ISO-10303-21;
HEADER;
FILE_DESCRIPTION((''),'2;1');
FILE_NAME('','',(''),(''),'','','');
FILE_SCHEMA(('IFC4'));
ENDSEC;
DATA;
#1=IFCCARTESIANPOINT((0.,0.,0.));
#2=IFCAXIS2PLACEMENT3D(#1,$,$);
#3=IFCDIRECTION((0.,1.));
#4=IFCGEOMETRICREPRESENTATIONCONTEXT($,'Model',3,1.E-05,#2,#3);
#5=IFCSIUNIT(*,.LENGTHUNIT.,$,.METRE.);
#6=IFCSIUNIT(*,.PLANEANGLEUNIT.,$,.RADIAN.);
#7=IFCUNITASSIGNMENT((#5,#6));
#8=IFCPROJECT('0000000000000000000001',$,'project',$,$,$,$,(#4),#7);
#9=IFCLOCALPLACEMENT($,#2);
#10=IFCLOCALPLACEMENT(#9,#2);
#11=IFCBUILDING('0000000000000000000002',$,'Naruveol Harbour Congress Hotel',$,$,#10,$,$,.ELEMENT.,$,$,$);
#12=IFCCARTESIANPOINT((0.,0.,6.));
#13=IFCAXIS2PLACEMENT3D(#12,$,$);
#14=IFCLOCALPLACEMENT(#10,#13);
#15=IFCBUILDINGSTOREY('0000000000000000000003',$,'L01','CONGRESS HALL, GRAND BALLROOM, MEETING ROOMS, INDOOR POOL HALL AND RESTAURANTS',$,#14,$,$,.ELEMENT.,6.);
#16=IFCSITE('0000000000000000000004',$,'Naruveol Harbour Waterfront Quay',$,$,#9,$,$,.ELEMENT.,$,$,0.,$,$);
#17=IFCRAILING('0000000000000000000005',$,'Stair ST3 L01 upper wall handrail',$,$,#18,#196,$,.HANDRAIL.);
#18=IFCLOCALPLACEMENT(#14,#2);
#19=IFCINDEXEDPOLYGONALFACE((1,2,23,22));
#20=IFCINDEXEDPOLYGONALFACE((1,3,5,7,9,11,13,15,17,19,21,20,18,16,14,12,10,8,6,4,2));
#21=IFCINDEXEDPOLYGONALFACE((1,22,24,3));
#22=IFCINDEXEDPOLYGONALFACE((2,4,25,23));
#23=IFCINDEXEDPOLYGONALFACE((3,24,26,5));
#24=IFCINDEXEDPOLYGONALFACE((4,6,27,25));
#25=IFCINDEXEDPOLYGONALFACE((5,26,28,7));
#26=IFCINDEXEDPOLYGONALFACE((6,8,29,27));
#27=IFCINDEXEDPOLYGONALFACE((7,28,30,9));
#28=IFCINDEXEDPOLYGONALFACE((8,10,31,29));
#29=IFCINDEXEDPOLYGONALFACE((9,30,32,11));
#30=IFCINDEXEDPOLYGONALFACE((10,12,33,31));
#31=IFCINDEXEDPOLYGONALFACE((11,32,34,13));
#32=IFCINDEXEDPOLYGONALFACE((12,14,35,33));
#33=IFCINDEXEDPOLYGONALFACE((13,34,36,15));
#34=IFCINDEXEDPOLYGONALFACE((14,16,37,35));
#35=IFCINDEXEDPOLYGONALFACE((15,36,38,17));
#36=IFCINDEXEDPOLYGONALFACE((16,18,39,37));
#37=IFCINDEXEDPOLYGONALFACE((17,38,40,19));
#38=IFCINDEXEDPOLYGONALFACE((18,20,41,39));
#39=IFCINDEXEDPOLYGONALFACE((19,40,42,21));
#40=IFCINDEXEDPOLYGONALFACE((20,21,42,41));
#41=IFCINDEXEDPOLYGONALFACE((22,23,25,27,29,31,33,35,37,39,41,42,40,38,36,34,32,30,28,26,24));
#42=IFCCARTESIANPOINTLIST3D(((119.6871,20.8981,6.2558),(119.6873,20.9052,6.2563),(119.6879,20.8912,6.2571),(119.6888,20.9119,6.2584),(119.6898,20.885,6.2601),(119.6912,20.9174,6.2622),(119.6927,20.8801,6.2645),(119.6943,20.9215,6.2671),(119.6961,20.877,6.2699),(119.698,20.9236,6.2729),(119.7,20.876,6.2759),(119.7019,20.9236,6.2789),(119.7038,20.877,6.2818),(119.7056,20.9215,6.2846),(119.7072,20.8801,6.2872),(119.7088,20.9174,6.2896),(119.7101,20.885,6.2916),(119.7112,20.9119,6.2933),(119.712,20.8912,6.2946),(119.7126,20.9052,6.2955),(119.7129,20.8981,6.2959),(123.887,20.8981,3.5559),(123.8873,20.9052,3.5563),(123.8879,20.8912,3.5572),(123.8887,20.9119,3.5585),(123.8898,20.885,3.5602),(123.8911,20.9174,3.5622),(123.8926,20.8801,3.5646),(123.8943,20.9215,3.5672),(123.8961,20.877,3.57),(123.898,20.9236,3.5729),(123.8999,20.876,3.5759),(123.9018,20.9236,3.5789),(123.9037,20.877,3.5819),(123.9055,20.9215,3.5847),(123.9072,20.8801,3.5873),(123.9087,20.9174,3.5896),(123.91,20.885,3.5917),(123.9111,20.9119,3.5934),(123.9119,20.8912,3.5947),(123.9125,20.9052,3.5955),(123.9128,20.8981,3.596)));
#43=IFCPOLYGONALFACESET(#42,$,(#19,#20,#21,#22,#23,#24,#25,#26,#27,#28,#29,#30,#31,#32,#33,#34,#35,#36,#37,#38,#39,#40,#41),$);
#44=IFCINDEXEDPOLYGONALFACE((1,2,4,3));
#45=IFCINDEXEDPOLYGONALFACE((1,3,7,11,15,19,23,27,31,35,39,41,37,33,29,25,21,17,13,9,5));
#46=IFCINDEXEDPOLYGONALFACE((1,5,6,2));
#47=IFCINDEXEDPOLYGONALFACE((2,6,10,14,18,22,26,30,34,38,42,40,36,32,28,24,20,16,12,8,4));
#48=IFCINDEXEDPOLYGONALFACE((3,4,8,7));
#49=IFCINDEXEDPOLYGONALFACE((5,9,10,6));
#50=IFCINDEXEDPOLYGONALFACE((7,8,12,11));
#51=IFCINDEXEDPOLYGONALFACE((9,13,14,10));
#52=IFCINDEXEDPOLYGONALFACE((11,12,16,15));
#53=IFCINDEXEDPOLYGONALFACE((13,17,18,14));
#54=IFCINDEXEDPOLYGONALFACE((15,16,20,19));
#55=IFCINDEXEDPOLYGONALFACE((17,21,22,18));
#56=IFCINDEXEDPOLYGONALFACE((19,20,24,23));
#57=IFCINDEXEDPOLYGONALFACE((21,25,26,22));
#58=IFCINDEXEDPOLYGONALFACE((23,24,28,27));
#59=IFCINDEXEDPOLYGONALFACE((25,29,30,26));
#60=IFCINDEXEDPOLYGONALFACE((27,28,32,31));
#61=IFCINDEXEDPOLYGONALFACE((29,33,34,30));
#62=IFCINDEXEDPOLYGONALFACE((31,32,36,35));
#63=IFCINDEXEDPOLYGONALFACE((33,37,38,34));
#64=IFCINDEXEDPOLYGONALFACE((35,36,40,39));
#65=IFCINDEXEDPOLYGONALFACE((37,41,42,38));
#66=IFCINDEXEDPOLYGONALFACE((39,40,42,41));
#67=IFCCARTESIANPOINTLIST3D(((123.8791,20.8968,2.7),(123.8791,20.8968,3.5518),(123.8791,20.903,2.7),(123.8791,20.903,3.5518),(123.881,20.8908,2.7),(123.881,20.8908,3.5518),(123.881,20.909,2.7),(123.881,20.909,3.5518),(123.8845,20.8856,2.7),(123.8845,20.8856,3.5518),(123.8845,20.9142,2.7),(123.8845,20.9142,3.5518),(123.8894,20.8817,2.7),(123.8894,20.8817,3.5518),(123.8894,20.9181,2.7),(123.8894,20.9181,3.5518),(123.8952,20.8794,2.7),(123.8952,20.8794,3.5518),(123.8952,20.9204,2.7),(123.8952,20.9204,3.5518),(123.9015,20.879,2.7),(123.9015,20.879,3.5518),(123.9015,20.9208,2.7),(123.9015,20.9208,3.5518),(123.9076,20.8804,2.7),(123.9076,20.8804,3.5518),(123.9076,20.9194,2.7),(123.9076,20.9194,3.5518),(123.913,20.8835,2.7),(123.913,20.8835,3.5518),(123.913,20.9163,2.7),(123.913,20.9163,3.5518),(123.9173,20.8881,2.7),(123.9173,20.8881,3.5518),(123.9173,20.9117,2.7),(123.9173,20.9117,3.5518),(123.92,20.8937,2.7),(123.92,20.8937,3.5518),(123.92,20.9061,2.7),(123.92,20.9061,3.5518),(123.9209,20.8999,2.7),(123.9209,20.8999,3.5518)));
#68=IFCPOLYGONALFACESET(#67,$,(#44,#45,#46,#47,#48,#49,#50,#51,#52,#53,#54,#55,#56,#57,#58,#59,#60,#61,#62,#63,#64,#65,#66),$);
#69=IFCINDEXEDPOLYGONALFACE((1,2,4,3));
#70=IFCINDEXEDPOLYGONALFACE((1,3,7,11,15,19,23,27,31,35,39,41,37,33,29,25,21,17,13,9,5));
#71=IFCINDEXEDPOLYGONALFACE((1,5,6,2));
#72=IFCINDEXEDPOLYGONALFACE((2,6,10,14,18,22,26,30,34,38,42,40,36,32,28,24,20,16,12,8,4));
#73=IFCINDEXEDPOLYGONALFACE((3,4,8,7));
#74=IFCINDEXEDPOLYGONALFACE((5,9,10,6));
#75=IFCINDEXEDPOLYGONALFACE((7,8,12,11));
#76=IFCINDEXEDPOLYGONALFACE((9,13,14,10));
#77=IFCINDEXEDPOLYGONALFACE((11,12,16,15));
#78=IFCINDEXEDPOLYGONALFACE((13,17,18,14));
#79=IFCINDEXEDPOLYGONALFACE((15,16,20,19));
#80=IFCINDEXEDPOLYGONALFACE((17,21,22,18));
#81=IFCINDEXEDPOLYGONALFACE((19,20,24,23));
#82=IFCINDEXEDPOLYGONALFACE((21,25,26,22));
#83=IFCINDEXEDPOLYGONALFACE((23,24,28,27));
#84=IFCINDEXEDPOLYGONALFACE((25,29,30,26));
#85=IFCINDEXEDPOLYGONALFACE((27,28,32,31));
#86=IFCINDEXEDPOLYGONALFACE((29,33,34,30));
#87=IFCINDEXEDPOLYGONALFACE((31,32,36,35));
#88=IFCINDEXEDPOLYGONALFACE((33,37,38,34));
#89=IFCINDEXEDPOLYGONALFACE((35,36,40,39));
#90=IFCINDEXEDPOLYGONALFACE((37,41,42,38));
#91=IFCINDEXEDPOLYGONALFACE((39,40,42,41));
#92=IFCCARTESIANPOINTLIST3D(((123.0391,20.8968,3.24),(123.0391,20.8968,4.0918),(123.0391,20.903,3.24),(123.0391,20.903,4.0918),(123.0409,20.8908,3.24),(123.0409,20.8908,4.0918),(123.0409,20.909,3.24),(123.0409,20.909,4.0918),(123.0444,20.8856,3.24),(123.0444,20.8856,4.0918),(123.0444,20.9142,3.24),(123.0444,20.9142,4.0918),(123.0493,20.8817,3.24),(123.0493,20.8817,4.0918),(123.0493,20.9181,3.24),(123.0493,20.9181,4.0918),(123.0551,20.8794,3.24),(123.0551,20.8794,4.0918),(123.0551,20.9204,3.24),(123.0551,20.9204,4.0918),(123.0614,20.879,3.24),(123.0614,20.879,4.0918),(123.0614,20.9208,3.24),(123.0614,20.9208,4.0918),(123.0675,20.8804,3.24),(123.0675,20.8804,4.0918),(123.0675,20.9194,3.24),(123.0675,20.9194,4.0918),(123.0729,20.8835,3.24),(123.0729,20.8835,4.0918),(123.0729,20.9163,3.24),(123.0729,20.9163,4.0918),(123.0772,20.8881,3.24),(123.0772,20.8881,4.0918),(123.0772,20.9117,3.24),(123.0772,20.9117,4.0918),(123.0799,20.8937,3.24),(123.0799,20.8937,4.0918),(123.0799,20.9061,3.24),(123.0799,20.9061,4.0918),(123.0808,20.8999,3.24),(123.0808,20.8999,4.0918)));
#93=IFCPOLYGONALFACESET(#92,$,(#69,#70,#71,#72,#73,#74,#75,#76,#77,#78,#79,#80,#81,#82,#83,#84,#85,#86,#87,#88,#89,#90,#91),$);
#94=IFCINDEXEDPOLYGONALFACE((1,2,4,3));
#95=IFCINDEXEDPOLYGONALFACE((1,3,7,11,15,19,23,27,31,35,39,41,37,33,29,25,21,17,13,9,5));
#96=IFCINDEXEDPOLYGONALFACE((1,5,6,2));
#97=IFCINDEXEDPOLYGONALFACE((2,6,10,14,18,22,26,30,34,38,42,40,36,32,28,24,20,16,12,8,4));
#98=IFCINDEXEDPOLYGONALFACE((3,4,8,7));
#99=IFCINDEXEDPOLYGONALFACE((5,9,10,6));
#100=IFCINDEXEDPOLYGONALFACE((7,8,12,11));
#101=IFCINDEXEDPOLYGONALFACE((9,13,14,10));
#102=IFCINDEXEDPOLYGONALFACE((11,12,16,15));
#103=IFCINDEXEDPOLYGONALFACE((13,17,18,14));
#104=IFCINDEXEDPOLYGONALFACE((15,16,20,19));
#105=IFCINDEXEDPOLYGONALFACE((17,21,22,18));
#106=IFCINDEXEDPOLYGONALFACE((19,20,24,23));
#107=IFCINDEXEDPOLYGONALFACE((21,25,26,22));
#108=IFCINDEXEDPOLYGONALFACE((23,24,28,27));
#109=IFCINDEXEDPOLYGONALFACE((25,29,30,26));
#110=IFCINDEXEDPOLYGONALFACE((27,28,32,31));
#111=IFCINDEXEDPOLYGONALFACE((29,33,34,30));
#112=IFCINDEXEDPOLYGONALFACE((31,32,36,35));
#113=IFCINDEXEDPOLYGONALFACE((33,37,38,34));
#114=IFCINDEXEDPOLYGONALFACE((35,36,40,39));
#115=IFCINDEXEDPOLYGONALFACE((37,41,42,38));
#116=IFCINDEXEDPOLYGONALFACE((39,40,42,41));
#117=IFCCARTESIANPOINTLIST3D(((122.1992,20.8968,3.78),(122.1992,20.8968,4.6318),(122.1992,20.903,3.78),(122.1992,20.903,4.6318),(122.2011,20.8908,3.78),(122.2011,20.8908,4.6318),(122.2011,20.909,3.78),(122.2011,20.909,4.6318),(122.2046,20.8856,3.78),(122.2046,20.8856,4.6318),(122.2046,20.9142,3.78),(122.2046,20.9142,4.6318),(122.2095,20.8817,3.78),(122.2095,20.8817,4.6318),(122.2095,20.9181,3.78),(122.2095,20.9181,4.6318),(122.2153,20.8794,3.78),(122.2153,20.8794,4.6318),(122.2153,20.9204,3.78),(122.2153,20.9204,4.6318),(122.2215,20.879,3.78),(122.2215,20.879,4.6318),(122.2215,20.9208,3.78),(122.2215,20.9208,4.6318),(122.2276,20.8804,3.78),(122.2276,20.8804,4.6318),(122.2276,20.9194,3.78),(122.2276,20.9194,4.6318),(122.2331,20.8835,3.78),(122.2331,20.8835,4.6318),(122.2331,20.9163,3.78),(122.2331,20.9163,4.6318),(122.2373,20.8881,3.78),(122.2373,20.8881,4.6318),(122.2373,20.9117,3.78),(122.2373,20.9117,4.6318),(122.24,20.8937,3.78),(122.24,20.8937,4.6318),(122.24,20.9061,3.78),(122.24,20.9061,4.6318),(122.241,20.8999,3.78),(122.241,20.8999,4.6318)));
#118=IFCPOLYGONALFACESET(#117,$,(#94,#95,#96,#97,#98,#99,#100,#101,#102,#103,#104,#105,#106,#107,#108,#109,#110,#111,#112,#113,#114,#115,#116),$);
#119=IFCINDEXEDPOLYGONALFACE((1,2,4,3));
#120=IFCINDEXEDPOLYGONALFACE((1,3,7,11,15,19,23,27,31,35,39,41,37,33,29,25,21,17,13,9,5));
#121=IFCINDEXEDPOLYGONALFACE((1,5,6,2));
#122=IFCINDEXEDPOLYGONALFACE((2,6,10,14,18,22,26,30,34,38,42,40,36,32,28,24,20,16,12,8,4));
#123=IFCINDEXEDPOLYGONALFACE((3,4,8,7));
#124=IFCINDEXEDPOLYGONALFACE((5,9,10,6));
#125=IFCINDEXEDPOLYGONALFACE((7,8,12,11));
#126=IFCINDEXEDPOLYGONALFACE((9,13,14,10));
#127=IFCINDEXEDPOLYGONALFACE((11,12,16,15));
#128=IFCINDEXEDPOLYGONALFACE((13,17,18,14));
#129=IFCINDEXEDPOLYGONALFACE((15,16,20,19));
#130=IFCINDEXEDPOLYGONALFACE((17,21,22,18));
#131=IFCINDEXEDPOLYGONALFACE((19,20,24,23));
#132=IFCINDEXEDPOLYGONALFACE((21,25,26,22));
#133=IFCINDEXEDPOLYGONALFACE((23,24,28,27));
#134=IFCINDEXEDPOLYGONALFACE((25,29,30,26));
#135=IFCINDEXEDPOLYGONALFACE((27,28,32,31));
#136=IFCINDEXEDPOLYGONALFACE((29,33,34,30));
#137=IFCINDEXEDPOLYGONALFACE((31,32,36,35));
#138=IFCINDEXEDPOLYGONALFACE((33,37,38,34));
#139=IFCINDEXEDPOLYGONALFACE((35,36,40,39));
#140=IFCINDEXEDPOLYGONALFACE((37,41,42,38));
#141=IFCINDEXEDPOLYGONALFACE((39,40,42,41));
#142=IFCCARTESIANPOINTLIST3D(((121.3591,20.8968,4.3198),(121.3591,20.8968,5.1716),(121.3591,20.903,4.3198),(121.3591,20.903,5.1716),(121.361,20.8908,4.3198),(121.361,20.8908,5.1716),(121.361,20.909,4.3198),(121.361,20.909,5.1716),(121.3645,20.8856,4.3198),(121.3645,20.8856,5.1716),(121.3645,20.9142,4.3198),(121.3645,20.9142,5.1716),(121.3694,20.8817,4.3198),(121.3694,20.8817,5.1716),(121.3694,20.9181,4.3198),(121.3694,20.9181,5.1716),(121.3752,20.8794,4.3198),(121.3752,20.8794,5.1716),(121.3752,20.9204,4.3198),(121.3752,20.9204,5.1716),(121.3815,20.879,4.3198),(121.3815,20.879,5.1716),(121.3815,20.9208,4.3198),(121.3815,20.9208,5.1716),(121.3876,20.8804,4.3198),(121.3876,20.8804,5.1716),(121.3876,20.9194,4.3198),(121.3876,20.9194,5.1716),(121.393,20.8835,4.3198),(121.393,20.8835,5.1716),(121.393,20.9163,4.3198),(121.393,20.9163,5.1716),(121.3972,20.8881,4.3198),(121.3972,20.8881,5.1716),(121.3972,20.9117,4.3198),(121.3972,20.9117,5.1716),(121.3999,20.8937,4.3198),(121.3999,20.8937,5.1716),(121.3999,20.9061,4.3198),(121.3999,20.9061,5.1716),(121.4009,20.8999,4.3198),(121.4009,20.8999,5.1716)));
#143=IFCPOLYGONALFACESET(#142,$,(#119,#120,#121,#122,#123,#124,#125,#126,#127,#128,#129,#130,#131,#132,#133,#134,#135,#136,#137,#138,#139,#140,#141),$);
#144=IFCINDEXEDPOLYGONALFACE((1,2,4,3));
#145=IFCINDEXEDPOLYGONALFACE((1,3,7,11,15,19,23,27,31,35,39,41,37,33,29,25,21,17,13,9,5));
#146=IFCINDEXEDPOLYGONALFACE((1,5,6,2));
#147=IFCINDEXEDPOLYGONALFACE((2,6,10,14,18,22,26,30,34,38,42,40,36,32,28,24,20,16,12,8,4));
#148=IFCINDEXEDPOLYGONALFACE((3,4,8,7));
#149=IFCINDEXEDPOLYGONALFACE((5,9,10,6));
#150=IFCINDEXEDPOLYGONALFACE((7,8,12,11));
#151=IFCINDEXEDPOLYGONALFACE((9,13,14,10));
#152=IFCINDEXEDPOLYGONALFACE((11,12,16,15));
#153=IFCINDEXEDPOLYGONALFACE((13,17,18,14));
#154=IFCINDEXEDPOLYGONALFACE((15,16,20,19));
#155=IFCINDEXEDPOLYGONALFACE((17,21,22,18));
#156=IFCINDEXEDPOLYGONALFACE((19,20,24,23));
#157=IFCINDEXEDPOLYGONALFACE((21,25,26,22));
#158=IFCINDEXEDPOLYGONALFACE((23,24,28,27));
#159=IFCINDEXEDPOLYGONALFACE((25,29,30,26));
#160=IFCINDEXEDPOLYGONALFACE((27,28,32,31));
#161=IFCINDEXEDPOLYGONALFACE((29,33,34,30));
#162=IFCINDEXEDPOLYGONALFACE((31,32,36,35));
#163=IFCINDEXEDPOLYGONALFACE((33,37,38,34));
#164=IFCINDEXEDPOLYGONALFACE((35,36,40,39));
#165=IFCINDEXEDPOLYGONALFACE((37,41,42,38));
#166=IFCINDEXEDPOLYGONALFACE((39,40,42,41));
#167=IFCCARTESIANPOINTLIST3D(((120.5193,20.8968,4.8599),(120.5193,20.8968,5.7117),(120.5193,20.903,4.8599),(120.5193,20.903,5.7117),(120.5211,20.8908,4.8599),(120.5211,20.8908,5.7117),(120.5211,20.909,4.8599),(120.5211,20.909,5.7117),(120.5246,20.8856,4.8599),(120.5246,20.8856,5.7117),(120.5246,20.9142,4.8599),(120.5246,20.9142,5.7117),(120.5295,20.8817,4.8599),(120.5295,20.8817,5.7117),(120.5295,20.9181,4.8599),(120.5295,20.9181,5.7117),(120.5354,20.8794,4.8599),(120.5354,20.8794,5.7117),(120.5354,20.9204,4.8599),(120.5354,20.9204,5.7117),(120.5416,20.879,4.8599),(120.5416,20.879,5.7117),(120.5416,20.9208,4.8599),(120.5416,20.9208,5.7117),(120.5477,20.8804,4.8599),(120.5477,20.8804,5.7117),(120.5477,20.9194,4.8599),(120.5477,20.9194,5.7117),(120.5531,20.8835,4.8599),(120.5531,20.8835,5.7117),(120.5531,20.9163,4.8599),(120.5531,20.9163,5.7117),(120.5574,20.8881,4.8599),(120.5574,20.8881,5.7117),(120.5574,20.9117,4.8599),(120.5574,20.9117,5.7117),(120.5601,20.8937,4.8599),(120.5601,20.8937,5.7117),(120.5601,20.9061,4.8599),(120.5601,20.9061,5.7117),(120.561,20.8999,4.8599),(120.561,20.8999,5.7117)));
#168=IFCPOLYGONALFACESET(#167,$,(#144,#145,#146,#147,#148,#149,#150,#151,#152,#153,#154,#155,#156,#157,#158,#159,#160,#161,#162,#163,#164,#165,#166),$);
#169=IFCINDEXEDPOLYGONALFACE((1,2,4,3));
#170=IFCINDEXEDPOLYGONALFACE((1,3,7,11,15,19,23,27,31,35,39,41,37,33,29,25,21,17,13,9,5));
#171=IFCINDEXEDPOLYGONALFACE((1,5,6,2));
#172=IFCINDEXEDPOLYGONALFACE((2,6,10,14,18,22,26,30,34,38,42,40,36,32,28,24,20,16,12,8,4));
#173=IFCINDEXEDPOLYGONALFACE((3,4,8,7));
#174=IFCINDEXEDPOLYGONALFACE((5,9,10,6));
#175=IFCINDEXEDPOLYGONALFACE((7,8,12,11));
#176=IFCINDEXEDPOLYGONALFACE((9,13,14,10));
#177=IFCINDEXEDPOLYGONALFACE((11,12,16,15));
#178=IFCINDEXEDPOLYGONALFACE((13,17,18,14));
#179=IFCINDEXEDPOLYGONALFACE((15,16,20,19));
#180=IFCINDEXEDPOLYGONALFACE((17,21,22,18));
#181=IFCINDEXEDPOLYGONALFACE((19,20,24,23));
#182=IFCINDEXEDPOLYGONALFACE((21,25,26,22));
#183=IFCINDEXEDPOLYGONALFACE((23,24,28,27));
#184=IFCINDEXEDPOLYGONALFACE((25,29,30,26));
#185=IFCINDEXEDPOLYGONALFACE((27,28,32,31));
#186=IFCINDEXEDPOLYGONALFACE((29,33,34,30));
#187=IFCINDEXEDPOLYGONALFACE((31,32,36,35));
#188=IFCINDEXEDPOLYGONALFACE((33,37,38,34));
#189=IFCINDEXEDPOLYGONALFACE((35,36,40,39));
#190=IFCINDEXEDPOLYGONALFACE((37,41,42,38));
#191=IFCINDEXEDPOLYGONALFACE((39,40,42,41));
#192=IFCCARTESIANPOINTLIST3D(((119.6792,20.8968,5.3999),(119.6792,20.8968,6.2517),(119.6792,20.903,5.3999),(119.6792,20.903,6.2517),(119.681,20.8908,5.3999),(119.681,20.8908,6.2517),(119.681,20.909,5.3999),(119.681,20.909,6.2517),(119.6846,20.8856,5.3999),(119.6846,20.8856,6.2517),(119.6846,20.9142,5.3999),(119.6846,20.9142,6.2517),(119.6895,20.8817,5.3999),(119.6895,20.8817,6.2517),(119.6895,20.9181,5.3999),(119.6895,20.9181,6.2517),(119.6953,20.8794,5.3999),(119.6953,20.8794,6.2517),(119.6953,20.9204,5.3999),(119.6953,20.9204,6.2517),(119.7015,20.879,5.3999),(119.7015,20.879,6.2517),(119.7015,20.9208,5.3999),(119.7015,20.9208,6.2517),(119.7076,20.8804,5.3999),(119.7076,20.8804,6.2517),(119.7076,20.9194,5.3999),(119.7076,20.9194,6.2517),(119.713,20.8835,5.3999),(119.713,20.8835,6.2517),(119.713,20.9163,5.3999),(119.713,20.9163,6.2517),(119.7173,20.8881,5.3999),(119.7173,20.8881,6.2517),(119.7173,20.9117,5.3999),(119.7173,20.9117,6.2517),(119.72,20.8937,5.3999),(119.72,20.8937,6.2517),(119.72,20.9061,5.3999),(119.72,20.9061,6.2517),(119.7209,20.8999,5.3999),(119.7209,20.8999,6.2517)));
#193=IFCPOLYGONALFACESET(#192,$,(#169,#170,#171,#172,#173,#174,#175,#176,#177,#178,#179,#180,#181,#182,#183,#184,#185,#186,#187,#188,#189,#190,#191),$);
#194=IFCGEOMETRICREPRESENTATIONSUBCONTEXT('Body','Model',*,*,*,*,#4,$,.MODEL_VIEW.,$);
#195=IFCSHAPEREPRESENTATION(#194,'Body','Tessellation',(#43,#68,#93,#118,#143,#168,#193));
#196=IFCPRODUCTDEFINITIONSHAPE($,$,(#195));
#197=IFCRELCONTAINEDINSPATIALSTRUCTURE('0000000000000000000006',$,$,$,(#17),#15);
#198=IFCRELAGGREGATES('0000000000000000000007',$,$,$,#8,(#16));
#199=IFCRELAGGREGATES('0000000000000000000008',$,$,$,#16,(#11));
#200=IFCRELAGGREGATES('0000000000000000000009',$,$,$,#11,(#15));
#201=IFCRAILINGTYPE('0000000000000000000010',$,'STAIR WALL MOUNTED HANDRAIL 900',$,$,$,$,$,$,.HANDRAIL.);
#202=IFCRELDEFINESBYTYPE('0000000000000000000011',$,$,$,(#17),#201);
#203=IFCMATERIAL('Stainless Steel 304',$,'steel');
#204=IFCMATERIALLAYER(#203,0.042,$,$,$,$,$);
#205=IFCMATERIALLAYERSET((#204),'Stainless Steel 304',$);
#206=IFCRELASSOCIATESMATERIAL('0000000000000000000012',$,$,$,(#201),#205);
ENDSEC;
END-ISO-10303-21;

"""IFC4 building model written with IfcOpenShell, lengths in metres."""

from ifc_helpers import new_model, si_unit, direction, frame, origin, origin_2d, place, context, subcontext, project, spatial, circle, extrude, material, layer, layer_set, type_object, element, save


model = new_model("IFC4")

# Units and contexts
model_context = context("Model", 3, precision=1e-05, world=origin(), true_north=direction((0.0, 1.0)))
body_context = subcontext(model_context, "Body", "Model", "MODEL_VIEW")
ifc_project = project(units=[si_unit("LENGTHUNIT", "METRE"), si_unit("PLANEANGLEUNIT", "RADIAN")], contexts=[model_context])

# Site, building, storey
site_placement = place(None, origin())
site = spatial("IfcSite", under=ifc_project, at=site_placement, Name="Naruveol Harbour Waterfront Quay", CompositionType="ELEMENT", RefElevation=0.0)
building_placement = place(site_placement, origin())
building = spatial("IfcBuilding", under=site, at=building_placement, Name="Naruveol Harbour Congress Hotel", CompositionType="ELEMENT")
storey_placement = place(building_placement, frame((0.0, 0.0, 6.0)))
storey = spatial("IfcBuildingStorey", under=building, at=storey_placement, Name="L01", Description="CONGRESS HALL, GRAND BALLROOM, MEETING ROOMS, INDOOR POOL HALL AND RESTAURANTS", CompositionType="ELEMENT", Elevation=6.0)

# Railing
ifc_material_1 = material(Name="Stainless Steel 304", Category="steel")
ifc_layer_1 = layer(ifc_material_1, 0.042)
ifc_layer_set_1 = layer_set([ifc_layer_1], Name="Stainless Steel 304")
railing_type_1 = type_object("IfcRailingType", Name="STAIR WALL MOUNTED HANDRAIL 900", PredefinedType="HANDRAIL", material=ifc_layer_set_1)
railing_1_placement = place(storey_placement, frame((123.8999, 20.8999, 2.7)))
element("IfcRailing", 1, at=railing_1_placement, inside=storey, type_object=railing_type_1, Name="Stair ST3 L01 upper wall handrail", PredefinedType="HANDRAIL", context=body_context, shape_type="SweptSolid", body=[
    extrude(circle(Radius=0.0239, at=origin_2d()), frame((0.0, 0.0, 0.876), z_axis=(-0.84118, 0.0, 0.540755), x_axis=(0.0, -1.0, 0.0)), (0.0, 0.0, 1.0), 4.9929),
    extrude(circle(Radius=0.021, at=origin_2d()), origin(), (0.0, 0.0, 1.0), 0.8518),
    extrude(circle(Radius=0.021, at=origin_2d()), frame((-0.8401, 0.0, 0.54)), (0.0, 0.0, 1.0), 0.8518),
    extrude(circle(Radius=0.021, at=origin_2d()), frame((-1.6799, 0.0, 1.0801)), (0.0, 0.0, 1.0), 0.8518),
    extrude(circle(Radius=0.021, at=origin_2d()), frame((-2.52, 0.0, 1.6199)), (0.0, 0.0, 1.0), 0.8518),
    extrude(circle(Radius=0.021, at=origin_2d()), frame((-3.3599, 0.0, 2.1599)), (0.0, 0.0, 1.0), 0.8518),
    extrude(circle(Radius=0.021, at=origin_2d()), frame((-4.2, 0.0, 2.7)), (0.0, 0.0, 1.0), 0.8518),
])

save(model, "model.ifc")
